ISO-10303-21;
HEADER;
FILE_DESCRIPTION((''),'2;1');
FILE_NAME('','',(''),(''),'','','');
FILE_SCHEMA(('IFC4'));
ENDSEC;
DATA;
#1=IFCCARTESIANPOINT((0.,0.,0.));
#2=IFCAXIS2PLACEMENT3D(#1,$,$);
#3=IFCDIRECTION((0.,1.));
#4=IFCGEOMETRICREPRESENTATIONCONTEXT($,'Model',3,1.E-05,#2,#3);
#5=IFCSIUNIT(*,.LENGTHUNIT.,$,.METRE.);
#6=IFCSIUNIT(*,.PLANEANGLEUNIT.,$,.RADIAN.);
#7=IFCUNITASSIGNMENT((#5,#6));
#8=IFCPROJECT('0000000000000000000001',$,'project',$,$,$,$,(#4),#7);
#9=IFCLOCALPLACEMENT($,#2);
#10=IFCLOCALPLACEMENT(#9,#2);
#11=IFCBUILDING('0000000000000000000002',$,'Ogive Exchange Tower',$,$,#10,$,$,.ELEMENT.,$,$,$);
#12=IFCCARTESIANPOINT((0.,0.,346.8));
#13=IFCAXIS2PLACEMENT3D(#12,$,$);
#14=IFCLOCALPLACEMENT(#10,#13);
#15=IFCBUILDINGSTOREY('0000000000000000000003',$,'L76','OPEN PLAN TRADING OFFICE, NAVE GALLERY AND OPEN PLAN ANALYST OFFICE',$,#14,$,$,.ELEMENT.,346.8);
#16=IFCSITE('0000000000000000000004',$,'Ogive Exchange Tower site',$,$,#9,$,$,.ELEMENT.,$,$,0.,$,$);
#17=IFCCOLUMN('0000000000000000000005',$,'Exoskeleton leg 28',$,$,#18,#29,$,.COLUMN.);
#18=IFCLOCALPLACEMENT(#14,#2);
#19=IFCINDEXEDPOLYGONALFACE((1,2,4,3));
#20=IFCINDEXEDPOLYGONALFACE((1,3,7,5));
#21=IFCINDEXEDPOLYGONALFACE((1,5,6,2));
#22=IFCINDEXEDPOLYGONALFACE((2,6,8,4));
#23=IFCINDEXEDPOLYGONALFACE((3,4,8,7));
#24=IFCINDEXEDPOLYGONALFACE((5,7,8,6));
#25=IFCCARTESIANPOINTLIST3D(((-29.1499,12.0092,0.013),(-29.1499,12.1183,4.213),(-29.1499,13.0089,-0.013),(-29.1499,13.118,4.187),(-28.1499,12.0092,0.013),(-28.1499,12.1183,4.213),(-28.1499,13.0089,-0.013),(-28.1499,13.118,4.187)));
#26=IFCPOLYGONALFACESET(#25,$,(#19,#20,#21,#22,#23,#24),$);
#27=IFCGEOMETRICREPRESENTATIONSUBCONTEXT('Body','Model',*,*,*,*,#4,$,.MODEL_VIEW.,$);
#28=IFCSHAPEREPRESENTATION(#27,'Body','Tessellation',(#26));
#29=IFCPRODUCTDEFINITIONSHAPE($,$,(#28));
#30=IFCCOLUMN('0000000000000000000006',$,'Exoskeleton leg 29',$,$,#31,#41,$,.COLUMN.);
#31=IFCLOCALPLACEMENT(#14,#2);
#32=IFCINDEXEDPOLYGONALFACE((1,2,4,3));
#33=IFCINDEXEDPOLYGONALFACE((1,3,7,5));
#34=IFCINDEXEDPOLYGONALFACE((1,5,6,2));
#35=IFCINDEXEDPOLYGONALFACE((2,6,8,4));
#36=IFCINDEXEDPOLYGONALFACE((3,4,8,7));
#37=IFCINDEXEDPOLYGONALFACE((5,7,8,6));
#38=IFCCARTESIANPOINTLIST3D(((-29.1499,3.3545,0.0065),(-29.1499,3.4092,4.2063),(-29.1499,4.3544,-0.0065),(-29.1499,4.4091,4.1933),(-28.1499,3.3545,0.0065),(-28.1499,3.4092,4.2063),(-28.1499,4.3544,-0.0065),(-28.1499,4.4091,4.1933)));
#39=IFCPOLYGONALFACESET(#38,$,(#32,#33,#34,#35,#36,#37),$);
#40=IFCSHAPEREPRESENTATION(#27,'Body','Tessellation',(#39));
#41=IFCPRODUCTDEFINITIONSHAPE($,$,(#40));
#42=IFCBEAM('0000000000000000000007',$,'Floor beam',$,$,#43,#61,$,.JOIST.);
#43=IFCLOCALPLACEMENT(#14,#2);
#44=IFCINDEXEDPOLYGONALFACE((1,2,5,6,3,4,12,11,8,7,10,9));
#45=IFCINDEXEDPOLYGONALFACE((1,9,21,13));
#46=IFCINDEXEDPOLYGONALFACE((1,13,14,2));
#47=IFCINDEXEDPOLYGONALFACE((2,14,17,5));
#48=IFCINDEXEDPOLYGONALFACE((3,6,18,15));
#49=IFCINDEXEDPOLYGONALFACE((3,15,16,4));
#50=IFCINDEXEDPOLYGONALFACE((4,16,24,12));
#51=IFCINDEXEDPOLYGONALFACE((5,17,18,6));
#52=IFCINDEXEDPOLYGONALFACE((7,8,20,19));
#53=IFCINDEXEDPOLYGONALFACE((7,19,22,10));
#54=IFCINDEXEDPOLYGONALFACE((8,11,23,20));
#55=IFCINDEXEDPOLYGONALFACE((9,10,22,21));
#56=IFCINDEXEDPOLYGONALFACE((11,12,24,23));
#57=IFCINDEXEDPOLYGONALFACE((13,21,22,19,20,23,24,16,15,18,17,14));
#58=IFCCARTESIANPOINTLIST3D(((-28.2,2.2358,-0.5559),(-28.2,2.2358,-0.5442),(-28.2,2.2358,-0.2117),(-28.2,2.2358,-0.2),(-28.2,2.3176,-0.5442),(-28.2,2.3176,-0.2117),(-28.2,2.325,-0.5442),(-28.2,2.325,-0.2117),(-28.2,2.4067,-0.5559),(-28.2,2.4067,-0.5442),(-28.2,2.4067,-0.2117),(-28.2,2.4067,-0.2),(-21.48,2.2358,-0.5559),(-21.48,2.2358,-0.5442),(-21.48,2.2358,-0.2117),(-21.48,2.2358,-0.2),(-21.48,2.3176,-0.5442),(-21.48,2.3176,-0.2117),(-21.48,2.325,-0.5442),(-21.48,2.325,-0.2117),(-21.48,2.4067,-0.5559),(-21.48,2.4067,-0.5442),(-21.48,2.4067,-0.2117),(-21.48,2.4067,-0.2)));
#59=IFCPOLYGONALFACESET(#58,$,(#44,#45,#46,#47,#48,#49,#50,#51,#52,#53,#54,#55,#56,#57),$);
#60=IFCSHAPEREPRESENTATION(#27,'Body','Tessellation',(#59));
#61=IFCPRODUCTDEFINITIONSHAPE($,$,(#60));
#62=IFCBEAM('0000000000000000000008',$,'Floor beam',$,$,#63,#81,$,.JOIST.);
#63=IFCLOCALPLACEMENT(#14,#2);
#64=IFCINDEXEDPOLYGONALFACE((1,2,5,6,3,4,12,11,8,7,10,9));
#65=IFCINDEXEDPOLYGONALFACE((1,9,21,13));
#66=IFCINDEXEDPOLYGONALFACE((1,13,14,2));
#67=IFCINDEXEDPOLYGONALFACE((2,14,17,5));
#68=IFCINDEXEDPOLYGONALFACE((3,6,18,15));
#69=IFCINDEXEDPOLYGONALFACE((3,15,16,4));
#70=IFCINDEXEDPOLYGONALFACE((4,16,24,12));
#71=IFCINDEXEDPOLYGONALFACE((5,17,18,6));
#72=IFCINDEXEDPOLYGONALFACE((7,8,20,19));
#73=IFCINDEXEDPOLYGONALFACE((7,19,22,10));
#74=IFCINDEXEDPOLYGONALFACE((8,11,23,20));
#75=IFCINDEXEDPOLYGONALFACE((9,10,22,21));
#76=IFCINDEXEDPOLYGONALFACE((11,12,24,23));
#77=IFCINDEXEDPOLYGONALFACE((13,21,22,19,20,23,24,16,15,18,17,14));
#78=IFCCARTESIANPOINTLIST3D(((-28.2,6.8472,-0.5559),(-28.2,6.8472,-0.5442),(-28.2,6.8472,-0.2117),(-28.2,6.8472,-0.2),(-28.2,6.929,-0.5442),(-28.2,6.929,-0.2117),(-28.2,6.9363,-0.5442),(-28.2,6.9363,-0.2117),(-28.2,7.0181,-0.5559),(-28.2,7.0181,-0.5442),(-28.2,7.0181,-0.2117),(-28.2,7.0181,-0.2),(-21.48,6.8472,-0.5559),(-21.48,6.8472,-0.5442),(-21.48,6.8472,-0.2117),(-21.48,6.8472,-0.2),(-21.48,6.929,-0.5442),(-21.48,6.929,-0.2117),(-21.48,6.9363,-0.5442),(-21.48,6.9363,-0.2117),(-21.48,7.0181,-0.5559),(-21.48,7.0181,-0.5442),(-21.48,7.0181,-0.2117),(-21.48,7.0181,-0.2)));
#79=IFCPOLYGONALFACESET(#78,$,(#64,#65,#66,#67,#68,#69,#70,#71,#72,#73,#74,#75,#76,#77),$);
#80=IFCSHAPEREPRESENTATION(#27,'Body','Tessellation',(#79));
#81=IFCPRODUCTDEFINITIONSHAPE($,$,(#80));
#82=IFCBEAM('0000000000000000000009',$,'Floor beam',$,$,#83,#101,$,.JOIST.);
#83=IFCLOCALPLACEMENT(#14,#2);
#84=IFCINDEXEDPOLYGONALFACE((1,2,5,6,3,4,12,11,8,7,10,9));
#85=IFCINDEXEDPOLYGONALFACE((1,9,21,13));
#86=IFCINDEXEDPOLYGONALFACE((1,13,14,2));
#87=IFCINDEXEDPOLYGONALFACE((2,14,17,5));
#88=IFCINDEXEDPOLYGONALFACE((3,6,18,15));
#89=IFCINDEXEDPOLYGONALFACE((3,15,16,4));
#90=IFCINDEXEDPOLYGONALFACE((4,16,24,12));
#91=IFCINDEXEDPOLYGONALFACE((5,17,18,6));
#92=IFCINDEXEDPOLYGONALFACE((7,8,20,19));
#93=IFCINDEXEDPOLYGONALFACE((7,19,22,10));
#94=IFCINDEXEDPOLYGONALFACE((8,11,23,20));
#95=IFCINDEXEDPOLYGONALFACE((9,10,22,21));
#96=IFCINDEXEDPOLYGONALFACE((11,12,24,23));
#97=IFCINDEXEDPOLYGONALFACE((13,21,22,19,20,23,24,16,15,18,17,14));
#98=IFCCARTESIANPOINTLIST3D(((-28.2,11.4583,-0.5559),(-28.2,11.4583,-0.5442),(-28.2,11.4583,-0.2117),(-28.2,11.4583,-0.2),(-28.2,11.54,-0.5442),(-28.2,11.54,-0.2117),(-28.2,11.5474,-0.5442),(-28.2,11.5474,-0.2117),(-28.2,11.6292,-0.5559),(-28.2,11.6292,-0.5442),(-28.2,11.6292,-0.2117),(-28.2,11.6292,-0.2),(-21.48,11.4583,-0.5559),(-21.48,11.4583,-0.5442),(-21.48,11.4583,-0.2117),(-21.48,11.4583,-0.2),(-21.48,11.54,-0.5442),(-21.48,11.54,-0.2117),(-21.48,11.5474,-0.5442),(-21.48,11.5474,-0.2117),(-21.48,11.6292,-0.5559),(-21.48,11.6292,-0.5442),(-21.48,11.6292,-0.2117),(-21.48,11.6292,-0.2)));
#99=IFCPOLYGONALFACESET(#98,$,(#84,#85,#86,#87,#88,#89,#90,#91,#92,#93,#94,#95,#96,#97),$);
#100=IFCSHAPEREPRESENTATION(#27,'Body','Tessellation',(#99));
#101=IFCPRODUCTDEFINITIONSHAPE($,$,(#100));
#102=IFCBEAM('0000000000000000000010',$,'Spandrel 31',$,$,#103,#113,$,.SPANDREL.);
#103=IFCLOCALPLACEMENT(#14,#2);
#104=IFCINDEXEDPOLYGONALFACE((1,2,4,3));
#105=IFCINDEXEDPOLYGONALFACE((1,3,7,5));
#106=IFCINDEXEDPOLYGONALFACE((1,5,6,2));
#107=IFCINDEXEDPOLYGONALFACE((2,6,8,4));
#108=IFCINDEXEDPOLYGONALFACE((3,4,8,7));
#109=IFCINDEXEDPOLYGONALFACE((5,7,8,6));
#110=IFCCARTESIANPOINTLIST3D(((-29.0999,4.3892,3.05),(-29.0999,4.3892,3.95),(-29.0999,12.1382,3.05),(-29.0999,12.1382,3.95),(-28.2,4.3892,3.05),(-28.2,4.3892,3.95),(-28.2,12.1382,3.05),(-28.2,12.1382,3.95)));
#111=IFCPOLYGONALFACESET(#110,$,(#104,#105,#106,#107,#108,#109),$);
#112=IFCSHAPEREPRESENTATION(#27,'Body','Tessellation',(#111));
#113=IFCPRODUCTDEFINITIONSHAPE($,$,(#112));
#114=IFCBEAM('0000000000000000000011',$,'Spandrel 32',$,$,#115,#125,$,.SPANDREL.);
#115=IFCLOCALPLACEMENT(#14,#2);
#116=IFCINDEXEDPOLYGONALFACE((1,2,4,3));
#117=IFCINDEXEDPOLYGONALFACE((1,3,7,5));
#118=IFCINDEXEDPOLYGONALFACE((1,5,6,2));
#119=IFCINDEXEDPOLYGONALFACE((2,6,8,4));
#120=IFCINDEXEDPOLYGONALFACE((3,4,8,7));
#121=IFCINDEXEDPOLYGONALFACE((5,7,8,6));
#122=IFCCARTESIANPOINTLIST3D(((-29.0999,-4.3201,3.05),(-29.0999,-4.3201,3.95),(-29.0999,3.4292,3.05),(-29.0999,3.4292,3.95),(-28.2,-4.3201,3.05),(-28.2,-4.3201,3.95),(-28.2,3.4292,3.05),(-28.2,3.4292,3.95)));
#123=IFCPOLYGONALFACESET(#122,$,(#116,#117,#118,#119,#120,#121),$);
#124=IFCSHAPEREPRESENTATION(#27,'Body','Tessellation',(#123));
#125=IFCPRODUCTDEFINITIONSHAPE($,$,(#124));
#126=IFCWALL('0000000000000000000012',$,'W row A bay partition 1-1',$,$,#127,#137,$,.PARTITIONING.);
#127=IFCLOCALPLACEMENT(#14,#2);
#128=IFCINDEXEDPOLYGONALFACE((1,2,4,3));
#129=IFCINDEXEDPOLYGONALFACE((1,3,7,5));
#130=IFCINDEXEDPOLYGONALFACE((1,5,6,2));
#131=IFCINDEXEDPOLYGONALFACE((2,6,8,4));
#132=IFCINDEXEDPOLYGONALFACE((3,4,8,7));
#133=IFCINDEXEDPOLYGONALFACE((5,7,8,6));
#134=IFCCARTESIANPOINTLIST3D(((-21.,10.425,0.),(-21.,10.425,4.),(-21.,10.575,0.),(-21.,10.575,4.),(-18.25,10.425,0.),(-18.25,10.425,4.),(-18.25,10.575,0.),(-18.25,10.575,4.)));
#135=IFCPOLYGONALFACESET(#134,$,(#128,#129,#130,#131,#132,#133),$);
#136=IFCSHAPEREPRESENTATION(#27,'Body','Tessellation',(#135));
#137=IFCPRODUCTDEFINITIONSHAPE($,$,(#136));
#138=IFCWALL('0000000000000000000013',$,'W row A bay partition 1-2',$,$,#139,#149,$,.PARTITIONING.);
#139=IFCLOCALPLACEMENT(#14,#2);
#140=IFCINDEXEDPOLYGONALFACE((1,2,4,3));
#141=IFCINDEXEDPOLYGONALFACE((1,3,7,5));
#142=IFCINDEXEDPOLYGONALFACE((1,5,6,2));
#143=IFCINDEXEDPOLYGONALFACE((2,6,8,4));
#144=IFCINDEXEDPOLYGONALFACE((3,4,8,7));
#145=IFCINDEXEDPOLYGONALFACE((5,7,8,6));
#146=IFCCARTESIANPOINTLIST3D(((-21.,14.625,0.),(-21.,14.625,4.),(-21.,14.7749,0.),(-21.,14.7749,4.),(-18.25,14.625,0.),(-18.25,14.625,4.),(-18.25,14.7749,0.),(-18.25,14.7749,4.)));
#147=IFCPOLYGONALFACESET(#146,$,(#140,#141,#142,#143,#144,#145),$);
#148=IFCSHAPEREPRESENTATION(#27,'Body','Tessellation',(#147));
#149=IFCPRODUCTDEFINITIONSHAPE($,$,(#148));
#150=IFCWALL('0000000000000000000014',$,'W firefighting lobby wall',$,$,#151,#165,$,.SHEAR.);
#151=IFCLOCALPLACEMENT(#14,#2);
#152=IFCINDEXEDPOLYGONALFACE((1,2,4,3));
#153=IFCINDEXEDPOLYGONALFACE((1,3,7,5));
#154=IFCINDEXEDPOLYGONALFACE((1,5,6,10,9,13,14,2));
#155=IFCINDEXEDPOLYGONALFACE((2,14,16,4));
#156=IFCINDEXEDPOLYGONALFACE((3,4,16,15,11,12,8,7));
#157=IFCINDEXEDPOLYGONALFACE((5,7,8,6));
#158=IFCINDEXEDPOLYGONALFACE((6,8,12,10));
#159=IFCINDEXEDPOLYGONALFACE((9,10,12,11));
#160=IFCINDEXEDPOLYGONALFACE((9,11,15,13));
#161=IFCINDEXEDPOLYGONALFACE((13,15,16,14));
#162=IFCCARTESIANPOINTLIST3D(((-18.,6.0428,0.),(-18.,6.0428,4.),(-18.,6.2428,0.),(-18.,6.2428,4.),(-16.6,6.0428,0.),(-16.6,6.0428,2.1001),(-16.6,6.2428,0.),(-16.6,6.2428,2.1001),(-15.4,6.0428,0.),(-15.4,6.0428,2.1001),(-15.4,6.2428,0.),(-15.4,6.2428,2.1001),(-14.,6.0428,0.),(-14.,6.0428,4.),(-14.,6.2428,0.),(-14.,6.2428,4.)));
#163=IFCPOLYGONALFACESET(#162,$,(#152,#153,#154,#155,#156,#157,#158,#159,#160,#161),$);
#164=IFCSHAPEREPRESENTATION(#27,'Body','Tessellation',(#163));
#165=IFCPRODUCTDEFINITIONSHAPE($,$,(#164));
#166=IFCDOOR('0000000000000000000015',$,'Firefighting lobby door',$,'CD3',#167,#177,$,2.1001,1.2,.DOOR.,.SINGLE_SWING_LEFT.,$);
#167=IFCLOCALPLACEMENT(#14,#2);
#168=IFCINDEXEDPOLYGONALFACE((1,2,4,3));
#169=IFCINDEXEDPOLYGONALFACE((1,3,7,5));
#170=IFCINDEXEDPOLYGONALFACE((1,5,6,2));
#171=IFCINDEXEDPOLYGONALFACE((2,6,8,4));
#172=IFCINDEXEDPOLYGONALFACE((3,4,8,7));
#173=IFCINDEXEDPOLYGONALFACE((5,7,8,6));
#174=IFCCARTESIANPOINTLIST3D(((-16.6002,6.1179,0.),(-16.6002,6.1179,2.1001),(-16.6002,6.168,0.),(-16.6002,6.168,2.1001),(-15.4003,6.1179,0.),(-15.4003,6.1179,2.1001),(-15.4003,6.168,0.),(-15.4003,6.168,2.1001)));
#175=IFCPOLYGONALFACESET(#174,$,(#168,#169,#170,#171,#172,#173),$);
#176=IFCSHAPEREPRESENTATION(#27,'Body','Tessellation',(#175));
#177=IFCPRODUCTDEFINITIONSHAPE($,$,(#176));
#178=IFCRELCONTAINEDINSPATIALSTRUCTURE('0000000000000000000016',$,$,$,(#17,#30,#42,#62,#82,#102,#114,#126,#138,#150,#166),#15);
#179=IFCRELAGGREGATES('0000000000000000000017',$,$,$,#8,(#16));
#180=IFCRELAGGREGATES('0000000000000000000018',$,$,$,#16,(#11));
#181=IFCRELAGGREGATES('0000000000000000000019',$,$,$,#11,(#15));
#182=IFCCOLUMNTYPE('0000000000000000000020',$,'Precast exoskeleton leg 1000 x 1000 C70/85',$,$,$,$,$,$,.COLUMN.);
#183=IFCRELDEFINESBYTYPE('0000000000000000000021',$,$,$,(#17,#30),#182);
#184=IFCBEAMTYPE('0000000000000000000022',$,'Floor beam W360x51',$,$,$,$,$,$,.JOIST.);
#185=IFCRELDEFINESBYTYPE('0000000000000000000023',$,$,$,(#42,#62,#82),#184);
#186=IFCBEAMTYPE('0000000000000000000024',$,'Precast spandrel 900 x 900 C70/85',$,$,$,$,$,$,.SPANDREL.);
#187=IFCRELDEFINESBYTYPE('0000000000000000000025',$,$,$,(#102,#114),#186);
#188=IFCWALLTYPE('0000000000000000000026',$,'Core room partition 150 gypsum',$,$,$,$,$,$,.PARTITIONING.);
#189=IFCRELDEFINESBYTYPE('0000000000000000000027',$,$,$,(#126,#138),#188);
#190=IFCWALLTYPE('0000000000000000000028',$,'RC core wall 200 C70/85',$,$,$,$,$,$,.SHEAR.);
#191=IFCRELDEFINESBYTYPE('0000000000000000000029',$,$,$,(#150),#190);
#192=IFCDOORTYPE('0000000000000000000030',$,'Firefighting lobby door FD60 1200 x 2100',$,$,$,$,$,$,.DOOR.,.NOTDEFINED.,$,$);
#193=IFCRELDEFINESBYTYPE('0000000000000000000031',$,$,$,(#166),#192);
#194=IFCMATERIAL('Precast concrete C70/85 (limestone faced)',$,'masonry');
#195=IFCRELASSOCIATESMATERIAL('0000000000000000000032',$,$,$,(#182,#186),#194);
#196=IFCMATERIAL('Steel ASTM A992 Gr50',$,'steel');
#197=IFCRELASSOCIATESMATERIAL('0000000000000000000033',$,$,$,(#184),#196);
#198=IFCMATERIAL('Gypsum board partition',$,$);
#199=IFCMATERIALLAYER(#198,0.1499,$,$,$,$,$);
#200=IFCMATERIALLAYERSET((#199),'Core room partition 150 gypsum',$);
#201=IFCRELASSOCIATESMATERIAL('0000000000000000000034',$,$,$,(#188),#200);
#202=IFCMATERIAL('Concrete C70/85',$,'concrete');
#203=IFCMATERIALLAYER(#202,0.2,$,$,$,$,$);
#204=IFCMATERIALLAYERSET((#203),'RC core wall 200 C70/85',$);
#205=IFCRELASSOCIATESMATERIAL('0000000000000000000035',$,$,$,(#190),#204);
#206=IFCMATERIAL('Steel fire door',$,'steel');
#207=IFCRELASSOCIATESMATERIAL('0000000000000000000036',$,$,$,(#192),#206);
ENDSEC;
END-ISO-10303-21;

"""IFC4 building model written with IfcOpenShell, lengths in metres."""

from ifc_helpers import new_model, si_unit, direction, frame, frame_2d, origin, origin_2d, place, context, subcontext, project, spatial, rectangle, i_section, extrude, material, layer, layer_set, material_profile, profile_set, type_object, element, fill, save


model = new_model("IFC4")

# Units and contexts
model_context = context("Model", 3, precision=1e-05, world=origin(), true_north=direction((0.0, 1.0)))
body_context = subcontext(model_context, "Body", "Model", "MODEL_VIEW")
ifc_project = project(units=[si_unit("LENGTHUNIT", "METRE"), si_unit("PLANEANGLEUNIT", "RADIAN")], contexts=[model_context])

# Site, building, storey
site_placement = place(None, origin())
site = spatial("IfcSite", under=ifc_project, at=site_placement, Name="Ogive Exchange Tower site", CompositionType="ELEMENT", RefElevation=0.0)
building_placement = place(site_placement, origin())
building = spatial("IfcBuilding", under=site, at=building_placement, Name="Ogive Exchange Tower", CompositionType="ELEMENT")
storey_placement = place(building_placement, frame((0.0, 0.0, 346.8)))
storey = spatial("IfcBuildingStorey", under=building, at=storey_placement, Name="L76", Description="OPEN PLAN TRADING OFFICE, NAVE GALLERY AND OPEN PLAN ANALYST OFFICE", CompositionType="ELEMENT", Elevation=346.8)

# Columns
ifc_material_1 = material(Name="Precast concrete C70/85 (limestone faced)", Category="masonry")
ifc_material_profile_1 = material_profile(ifc_material_1, rectangle(XDim=1.0, YDim=1.0, at=origin_2d()), Name="1000 x 1000")
ifc_profile_set_1 = profile_set([ifc_material_profile_1], Name="Precast concrete C70/85 (limestone faced)")
column_type = type_object("IfcColumnType", Name="Precast exoskeleton leg 1000 x 1000 C70/85", PredefinedType="COLUMN", material=ifc_profile_set_1)
column_1_placement = place(storey_placement, frame((-28.6499, 12.509, 0.0), z_axis=(0.0, 0.025975, 0.999663), x_axis=(-1.0, 0.0, 0.0)))
element("IfcColumn", 1, at=column_1_placement, inside=storey, type_object=column_type, Name="Exoskeleton leg 28", PredefinedType="COLUMN", context=body_context, shape_type="SweptSolid", body=[
    extrude(rectangle(XDim=1.0, YDim=1.0, at=origin_2d()), origin(), (0.0, 0.0, 1.0), 4.2014),
])
column_2_placement = place(storey_placement, frame((-28.6499, 3.8545, 0.0), z_axis=(0.0, 0.01302, 0.999915), x_axis=(-1.0, 0.0, 0.0)))
element("IfcColumn", 2, at=column_2_placement, inside=storey, type_object=column_type, Name="Exoskeleton leg 29", PredefinedType="COLUMN", context=body_context, shape_type="SweptSolid", body=[
    extrude(rectangle(XDim=1.0, YDim=1.0, at=origin_2d()), origin(), (0.0, 0.0, 1.0), 4.2002),
])

# Beams
ifc_material_2 = material(Name="Steel ASTM A992 Gr50", Category="steel")
ifc_material_profile_2 = material_profile(ifc_material_2, i_section(OverallWidth=0.1709, OverallDepth=0.356, WebThickness=0.0073, FlangeThickness=0.0117, at=origin_2d()), Name="W360x51")
ifc_profile_set_2 = profile_set([ifc_material_profile_2], Name="Steel ASTM A992 Gr50")
beam_type_1 = type_object("IfcBeamType", Name="Floor beam W360x51", PredefinedType="JOIST", material=ifc_profile_set_2)
for number, where, z_axis, x_axis, name in (
    (3, (-28.2, 2.3213, -0.3779), (1.0, 0.0, 0.0), (0.0, 1.0, 0.0), "Floor beam"),
    (4, (-28.2, 6.9326, -0.3779), (1.0, 0.0, 0.0), (0.0, 1.0, 0.0), "Floor beam"),
    (5, (-28.2, 11.5437, -0.3779), (1.0, 0.0, 0.0), (0.0, 1.0, 0.0), "Floor beam"),
):
    element("IfcBeam", number, at=place(storey_placement, frame(where, z_axis=z_axis, x_axis=x_axis)), inside=storey, type_object=beam_type_1, Name=name, PredefinedType="JOIST", context=body_context, shape_type="SweptSolid", body=[
        extrude(i_section(OverallWidth=0.1709, OverallDepth=0.356, WebThickness=0.0073, FlangeThickness=0.0117, at=origin_2d()), origin(), (0.0, 0.0, 1.0), 6.72),
    ])
ifc_material_profile_3 = material_profile(ifc_material_1, rectangle(XDim=0.8999, YDim=0.8999, at=origin_2d()), Name="900 x 900")
ifc_profile_set_3 = profile_set([ifc_material_profile_3], Name="Precast concrete C70/85 (limestone faced)")
beam_type_2 = type_object("IfcBeamType", Name="Precast spandrel 900 x 900 C70/85", PredefinedType="SPANDREL", material=ifc_profile_set_3)
beam_1_placement = place(storey_placement, frame((-28.6499, 12.1382, 3.5), z_axis=(0.0, -1.0, 0.0), x_axis=(1.0, 0.0, 0.0)))
element("IfcBeam", 6, at=beam_1_placement, inside=storey, type_object=beam_type_2, Name="Spandrel 31", PredefinedType="SPANDREL", context=body_context, shape_type="SweptSolid", body=[
    extrude(rectangle(XDim=0.8999, YDim=0.8999, at=origin_2d()), origin(), (0.0, 0.0, 1.0), 7.749),
])
beam_2_placement = place(storey_placement, frame((-28.6499, 3.4292, 3.5), z_axis=(0.0, -1.0, 0.0), x_axis=(1.0, 0.0, 0.0)))
element("IfcBeam", 7, at=beam_2_placement, inside=storey, type_object=beam_type_2, Name="Spandrel 32", PredefinedType="SPANDREL", context=body_context, shape_type="SweptSolid", body=[
    extrude(rectangle(XDim=0.8999, YDim=0.8999, at=origin_2d()), origin(), (0.0, 0.0, 1.0), 7.7493),
])

# Walls
ifc_material_3 = material(Name="Gypsum board partition")
ifc_layer_1 = layer(ifc_material_3, 0.1499)
ifc_layer_set_1 = layer_set([ifc_layer_1], Name="Core room partition 150 gypsum")
wall_type_1 = type_object("IfcWallType", Name="Core room partition 150 gypsum", PredefinedType="PARTITIONING", material=ifc_layer_set_1)
for number, where, z_axis, x_axis, name in (
    (8, (-21.0, 10.5, 0.0), (0.0, 0.0, 1.0), (1.0, 0.0, 0.0), "W row A bay partition 1-1"),
    (9, (-21.0, 14.7, 0.0), (0.0, 0.0, 1.0), (1.0, 0.0, 0.0), "W row A bay partition 1-2"),
):
    element("IfcWall", number, at=place(storey_placement, frame(where, z_axis=z_axis, x_axis=x_axis)), inside=storey, type_object=wall_type_1, Name=name, PredefinedType="PARTITIONING", context=body_context, shape_type="SweptSolid", body=[
        extrude(rectangle(XDim=2.75, YDim=0.1499, at=frame_2d((1.375, 0.0))), origin(), (0.0, 0.0, 1.0), 4.0),
    ])

# Wall, opening, door
ifc_material_4 = material(Name="Concrete C70/85", Category="concrete")
ifc_layer_2 = layer(ifc_material_4, 0.2)
ifc_layer_set_2 = layer_set([ifc_layer_2], Name="RC core wall 200 C70/85")
wall_type_2 = type_object("IfcWallType", Name="RC core wall 200 C70/85", PredefinedType="SHEAR", material=ifc_layer_set_2)
wall_1_placement = place(storey_placement, frame((-18.0, 6.1428, 0.0), z_axis=(0.0, 0.0, 1.0), x_axis=(1.0, 0.0, 0.0)))
wall_1 = element("IfcWall", 10, at=wall_1_placement, inside=storey, type_object=wall_type_2, Name="W firefighting lobby wall", PredefinedType="SHEAR", context=body_context, shape_type="SweptSolid", body=[
    extrude(rectangle(XDim=4.0, YDim=0.2, at=frame_2d((2.0, 0.0))), origin(), (0.0, 0.0, 1.0), 4.0),
])
opening_1_placement = place(wall_1_placement, frame((1.3999, 0.0, 0.0)))
opening_1 = element("IfcOpeningElement", 11, at=opening_1_placement, cuts=wall_1, PredefinedType="OPENING", context=body_context, shape_type="SweptSolid", body=[
    extrude(rectangle(XDim=1.2, YDim=2.1001, at=frame_2d((0.6001, 1.05))), frame((0.0, 0.1099, 0.0), z_axis=(0.0, -1.0, 0.0), x_axis=(1.0, 0.0, 0.0)), (0.0, 0.0, 1.0), 0.22),
])
ifc_material_5 = material(Name="Steel fire door", Category="steel")
door_type_1 = type_object("IfcDoorType", Name="Firefighting lobby door FD60 1200 x 2100", OperationType="NOTDEFINED", PredefinedType="DOOR", material=ifc_material_5)
door_1_placement = place(opening_1_placement, frame((1.2, 0.0, 0.0), z_axis=(0.0, 0.0, 1.0), x_axis=(-1.0, 0.0, 0.0)))
door_1 = element("IfcDoor", 12, at=door_1_placement, inside=storey, type_object=door_type_1, Name="Firefighting lobby door", ObjectType="CD3", OperationType="SINGLE_SWING_LEFT", OverallHeight=2.1001, OverallWidth=1.2, PredefinedType="DOOR", context=body_context, shape_type="SweptSolid", body=[
    extrude(rectangle(XDim=1.2, YDim=2.1001, at=frame_2d((0.6001, 1.05))), frame((0.0, 0.0249, 0.0), z_axis=(0.0, -1.0, 0.0), x_axis=(1.0, 0.0, 0.0)), (0.0, 0.0, 1.0), 0.05),
])
fill(opening_1, door_1)

save(model, "model.ifc")
